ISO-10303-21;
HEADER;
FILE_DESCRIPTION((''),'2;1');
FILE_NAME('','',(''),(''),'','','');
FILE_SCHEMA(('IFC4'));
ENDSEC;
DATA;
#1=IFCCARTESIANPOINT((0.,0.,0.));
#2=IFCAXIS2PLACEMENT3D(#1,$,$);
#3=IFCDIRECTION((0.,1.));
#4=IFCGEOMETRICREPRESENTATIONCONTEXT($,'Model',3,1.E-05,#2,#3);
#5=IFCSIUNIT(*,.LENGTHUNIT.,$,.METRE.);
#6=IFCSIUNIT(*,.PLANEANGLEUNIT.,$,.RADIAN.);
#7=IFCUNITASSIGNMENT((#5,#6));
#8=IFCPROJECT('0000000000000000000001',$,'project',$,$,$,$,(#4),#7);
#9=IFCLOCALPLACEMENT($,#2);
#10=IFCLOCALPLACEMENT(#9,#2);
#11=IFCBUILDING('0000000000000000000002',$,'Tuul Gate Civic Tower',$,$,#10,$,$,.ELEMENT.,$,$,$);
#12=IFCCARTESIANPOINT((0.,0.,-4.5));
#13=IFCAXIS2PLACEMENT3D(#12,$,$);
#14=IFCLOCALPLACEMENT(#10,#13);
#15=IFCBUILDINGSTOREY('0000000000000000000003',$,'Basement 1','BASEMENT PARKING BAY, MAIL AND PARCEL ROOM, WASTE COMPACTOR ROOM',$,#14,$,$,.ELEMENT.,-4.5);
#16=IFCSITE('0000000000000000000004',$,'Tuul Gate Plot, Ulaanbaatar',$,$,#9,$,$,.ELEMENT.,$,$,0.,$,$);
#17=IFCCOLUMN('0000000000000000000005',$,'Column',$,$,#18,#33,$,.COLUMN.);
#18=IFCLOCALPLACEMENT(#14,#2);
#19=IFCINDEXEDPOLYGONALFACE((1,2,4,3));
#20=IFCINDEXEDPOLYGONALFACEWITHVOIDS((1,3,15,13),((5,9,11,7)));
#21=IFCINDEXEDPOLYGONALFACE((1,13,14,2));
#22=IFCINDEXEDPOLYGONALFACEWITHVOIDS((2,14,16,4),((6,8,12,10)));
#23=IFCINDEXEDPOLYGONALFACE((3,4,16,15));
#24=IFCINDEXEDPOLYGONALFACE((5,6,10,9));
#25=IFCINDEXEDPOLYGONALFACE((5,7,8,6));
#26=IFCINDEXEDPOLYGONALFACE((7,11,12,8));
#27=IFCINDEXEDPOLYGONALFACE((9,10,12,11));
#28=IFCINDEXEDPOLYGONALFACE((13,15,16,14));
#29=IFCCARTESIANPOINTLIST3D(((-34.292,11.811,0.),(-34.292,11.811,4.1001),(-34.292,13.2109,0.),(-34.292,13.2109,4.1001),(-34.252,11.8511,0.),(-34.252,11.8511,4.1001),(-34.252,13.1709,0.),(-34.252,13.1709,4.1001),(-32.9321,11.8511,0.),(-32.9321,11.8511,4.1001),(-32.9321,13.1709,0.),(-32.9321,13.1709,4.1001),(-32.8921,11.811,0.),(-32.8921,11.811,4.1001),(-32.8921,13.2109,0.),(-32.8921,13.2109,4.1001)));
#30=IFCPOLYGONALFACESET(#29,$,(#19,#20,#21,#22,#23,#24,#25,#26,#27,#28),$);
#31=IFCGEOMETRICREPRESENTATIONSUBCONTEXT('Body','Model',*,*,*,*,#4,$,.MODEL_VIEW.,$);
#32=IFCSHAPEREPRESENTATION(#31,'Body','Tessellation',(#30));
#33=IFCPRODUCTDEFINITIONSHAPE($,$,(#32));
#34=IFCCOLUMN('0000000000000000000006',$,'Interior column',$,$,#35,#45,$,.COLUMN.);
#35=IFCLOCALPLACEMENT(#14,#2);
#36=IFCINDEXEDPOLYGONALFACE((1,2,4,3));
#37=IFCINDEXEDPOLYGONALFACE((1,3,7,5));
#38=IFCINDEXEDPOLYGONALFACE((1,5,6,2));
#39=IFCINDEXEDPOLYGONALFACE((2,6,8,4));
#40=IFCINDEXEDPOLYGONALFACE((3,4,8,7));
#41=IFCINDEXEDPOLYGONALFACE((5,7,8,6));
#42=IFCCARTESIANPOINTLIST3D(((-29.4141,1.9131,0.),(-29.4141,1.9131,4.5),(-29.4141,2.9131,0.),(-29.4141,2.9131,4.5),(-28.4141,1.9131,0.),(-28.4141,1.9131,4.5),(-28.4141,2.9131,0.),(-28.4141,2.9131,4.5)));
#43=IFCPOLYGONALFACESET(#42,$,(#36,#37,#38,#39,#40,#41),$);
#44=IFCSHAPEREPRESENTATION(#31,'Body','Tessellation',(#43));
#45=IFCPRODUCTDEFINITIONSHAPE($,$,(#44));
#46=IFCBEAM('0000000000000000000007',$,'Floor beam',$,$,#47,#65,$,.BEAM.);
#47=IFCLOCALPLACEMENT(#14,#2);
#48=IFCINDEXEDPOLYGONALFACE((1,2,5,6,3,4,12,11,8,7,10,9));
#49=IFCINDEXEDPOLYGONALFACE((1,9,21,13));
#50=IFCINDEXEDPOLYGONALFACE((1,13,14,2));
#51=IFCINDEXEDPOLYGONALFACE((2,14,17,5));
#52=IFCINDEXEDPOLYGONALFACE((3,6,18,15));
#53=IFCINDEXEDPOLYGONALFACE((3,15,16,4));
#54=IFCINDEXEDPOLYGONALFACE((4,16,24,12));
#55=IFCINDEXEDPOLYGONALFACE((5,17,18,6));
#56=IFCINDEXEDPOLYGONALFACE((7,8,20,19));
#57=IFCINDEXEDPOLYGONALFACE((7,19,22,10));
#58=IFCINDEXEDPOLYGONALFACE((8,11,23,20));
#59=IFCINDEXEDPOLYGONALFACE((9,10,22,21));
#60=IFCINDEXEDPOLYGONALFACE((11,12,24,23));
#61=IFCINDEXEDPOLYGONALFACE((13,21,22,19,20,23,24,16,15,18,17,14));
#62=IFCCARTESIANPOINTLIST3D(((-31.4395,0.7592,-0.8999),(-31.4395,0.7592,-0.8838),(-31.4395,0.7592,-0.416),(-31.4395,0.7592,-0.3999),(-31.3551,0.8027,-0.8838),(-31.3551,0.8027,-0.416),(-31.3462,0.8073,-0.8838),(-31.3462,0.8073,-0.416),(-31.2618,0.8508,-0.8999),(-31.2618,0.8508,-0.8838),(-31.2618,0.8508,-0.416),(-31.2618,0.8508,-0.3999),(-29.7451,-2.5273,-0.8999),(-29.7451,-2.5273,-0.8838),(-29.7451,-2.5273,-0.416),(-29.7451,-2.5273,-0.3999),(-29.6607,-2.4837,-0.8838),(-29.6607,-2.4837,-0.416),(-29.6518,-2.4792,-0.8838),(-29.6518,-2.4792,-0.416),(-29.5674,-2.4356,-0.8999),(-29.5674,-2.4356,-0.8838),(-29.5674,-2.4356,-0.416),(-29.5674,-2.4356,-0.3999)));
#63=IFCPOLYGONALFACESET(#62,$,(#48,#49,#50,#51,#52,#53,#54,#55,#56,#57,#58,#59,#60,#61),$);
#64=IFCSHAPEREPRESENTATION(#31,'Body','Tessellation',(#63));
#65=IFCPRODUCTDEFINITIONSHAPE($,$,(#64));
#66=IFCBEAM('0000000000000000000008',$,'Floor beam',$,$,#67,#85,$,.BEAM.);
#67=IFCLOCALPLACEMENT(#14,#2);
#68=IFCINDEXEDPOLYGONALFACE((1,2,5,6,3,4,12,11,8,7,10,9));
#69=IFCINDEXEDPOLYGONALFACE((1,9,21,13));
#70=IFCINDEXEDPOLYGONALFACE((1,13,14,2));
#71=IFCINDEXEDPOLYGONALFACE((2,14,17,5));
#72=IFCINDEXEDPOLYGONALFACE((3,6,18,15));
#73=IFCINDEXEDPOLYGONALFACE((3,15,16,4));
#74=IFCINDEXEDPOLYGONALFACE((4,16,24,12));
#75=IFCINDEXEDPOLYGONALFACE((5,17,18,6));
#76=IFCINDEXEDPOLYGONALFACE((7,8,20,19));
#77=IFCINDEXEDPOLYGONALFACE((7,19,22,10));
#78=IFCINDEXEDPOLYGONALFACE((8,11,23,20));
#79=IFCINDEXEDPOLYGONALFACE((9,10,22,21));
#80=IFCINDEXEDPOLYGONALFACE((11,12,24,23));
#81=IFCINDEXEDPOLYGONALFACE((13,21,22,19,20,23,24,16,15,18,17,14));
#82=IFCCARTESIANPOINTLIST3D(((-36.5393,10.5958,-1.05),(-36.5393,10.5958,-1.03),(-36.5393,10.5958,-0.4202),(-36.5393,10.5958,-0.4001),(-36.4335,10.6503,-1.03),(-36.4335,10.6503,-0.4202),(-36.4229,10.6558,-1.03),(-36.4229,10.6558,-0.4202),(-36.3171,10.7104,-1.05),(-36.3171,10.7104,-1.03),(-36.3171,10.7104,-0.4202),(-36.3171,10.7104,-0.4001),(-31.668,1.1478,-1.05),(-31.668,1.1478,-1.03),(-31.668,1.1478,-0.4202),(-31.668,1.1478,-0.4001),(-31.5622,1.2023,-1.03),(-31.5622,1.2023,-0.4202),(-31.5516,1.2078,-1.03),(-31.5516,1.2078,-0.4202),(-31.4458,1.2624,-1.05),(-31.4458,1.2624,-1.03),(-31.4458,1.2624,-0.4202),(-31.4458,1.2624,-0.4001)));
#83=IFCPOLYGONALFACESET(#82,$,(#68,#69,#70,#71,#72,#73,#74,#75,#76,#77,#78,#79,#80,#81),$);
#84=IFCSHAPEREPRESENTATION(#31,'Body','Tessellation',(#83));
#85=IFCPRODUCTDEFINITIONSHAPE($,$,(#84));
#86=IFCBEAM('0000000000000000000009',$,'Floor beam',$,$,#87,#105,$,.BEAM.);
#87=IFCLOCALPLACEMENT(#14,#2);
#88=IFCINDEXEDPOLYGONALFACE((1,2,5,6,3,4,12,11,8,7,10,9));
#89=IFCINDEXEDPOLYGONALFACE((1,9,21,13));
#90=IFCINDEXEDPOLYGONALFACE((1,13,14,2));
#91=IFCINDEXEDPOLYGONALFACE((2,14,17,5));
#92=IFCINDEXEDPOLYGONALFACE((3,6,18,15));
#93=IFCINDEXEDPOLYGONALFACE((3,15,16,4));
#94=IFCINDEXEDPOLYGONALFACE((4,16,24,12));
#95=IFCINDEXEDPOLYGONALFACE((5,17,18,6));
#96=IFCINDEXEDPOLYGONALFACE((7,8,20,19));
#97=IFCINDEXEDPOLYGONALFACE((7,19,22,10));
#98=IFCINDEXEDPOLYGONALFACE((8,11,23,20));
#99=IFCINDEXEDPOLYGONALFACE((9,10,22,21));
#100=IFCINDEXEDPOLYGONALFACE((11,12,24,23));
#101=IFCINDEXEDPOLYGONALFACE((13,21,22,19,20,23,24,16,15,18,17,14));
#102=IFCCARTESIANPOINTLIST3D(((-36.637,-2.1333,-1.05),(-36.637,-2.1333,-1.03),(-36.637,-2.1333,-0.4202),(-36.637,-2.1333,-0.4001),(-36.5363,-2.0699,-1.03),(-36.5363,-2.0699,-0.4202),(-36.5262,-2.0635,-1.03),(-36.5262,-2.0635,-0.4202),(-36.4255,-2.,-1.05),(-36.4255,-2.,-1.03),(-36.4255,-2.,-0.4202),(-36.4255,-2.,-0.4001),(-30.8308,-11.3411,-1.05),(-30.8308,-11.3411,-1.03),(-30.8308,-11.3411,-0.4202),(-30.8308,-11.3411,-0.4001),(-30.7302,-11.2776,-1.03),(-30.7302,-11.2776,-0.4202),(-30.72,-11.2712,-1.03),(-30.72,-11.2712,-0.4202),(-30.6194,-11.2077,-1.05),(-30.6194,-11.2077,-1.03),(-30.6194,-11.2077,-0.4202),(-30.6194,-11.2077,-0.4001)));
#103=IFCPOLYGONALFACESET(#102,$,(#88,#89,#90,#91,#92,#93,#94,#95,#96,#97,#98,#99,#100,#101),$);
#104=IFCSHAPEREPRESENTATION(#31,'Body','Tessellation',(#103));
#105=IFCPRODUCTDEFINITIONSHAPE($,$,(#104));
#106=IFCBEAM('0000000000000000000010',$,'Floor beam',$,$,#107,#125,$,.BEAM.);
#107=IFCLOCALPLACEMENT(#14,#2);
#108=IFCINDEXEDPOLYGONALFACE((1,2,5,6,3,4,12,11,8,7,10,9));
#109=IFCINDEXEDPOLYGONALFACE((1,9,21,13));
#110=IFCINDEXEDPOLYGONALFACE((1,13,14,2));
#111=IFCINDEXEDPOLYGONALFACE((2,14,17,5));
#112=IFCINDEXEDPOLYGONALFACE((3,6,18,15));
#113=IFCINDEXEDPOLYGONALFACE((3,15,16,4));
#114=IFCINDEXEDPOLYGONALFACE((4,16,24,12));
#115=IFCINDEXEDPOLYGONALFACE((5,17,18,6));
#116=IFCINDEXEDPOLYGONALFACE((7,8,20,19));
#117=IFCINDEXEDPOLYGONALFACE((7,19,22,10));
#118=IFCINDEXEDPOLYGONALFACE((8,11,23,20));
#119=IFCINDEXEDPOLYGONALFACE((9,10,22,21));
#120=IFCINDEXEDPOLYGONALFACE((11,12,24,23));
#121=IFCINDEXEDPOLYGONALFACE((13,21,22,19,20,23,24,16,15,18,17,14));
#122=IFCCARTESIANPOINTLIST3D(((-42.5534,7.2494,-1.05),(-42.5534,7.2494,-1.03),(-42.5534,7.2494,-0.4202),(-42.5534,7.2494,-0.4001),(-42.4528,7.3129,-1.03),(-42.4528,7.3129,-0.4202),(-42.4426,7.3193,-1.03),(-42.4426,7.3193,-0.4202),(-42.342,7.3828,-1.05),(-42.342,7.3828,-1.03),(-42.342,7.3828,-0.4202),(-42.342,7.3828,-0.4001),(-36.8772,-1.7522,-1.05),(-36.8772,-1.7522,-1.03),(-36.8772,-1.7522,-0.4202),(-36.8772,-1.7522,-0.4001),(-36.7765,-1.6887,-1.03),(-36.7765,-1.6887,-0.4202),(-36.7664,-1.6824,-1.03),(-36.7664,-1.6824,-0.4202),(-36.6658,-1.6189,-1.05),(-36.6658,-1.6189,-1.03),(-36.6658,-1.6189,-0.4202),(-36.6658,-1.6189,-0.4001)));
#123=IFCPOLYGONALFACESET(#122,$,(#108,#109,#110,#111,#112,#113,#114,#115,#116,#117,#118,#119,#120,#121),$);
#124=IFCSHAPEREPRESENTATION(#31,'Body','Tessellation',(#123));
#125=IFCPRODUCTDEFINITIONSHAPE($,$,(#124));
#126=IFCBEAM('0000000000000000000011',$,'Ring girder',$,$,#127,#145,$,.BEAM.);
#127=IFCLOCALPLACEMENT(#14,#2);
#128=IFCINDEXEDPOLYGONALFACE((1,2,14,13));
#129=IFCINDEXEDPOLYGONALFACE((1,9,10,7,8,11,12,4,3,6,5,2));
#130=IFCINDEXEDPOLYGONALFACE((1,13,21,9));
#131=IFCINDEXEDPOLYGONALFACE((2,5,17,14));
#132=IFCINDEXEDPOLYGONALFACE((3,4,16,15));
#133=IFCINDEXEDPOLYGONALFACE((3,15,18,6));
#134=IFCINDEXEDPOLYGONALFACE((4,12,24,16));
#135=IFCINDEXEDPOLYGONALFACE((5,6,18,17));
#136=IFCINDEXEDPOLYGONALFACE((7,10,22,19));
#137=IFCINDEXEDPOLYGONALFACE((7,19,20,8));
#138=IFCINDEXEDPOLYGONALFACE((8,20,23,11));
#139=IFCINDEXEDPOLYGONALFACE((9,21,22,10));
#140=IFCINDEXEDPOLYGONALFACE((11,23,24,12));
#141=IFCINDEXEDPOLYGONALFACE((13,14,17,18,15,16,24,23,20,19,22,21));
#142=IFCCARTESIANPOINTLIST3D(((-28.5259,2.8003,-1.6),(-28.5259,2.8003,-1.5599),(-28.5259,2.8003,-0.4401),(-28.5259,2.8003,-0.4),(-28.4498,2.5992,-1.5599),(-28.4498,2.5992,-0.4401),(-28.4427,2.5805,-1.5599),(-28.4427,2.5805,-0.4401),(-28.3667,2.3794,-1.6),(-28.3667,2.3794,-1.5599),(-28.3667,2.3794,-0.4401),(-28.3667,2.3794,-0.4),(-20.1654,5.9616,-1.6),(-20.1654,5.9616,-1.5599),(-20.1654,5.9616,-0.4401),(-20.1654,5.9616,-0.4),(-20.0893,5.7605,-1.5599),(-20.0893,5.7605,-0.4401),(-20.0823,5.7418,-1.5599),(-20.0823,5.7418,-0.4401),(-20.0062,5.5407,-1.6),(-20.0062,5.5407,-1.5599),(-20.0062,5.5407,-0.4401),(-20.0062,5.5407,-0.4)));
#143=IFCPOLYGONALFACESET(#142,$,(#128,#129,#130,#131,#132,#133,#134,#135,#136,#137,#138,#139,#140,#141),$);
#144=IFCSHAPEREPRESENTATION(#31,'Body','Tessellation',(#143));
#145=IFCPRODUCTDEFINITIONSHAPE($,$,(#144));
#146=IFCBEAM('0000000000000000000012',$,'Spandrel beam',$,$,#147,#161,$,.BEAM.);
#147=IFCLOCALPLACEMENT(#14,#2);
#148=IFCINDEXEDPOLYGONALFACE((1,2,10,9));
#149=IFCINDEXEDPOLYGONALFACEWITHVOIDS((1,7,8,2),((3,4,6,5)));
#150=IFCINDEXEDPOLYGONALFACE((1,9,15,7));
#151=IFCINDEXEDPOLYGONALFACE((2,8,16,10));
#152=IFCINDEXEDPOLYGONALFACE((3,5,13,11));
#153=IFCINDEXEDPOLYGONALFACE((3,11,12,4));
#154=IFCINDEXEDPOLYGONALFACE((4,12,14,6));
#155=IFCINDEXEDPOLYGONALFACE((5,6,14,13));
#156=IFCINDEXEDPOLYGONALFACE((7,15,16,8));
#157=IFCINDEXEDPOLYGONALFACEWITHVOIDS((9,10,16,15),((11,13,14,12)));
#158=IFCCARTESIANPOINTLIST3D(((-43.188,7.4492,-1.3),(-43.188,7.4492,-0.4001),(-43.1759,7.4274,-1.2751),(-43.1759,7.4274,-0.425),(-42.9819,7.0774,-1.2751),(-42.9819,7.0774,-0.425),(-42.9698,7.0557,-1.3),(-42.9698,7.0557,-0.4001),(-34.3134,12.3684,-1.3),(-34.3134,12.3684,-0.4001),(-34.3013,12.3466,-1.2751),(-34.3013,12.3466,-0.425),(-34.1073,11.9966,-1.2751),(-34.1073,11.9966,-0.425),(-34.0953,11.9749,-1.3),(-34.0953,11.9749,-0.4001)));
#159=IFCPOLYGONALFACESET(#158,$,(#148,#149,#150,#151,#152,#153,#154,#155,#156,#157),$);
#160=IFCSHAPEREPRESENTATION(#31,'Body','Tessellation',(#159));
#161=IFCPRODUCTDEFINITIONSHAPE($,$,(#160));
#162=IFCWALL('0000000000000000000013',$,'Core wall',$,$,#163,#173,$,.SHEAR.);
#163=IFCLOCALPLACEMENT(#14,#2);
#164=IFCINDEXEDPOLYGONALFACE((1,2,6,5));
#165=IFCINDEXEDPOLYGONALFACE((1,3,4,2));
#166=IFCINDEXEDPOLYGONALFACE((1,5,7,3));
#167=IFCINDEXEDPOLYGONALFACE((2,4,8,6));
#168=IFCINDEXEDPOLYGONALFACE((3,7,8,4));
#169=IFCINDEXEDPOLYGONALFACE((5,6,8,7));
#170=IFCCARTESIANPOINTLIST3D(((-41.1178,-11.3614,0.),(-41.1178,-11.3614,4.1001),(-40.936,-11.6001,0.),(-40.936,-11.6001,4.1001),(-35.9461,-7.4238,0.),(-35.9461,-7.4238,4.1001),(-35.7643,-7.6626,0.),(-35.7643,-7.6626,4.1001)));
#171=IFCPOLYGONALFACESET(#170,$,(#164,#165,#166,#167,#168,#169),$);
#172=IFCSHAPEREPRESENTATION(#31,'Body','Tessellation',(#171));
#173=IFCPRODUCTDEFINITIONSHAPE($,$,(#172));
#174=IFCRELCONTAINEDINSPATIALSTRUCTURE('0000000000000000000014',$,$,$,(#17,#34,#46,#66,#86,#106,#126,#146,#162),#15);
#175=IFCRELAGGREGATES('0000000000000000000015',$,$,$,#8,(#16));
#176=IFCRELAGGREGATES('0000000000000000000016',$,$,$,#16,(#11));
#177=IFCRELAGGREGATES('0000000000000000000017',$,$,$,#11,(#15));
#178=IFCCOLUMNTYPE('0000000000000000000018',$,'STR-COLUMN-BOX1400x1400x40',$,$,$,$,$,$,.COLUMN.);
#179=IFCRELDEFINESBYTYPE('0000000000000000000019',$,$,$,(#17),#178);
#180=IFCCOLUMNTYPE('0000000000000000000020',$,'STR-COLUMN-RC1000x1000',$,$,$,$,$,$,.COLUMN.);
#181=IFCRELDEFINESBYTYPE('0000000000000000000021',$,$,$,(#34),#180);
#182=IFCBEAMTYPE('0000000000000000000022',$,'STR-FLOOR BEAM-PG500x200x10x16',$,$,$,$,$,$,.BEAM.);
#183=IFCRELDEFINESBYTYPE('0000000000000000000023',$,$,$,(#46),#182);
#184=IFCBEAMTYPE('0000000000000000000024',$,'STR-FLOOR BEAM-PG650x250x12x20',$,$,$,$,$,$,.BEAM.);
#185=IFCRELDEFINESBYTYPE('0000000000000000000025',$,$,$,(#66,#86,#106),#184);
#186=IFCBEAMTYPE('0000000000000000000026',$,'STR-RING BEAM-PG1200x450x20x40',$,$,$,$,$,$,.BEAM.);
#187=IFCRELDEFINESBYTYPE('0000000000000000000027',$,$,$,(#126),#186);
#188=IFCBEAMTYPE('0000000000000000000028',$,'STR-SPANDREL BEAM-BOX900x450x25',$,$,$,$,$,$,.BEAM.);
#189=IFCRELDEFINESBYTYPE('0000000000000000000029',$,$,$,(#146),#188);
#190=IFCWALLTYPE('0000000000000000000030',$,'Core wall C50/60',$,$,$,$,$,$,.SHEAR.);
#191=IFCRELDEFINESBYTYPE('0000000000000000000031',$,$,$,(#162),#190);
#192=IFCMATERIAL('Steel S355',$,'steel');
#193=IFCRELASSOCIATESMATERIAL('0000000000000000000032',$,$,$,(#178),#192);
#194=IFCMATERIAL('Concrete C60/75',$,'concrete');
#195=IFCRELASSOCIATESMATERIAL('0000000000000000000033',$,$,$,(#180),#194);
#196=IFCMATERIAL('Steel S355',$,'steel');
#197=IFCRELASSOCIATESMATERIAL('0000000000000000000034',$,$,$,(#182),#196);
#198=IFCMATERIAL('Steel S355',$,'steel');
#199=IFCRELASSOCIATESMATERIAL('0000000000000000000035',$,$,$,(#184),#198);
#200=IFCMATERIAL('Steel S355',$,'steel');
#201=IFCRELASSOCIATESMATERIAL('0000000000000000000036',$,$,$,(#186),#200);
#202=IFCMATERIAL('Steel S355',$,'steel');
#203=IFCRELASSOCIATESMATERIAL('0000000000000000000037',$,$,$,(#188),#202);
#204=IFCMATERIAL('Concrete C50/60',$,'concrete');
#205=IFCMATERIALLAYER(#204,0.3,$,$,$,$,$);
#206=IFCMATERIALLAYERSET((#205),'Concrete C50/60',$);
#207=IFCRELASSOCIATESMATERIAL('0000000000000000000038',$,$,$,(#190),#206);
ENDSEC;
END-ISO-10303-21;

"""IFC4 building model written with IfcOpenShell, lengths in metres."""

from ifc_helpers import new_model, si_unit, direction, frame, frame_2d, origin, origin_2d, place, context, subcontext, project, spatial, rectangle, hollow_rectangle, i_section, extrude, material, layer, layer_set, material_profile, profile_set, type_object, element, save


model = new_model("IFC4")

# Units and contexts
model_context = context("Model", 3, precision=1e-05, world=origin(), true_north=direction((0.0, 1.0)))
body_context = subcontext(model_context, "Body", "Model", "MODEL_VIEW")
ifc_project = project(units=[si_unit("LENGTHUNIT", "METRE"), si_unit("PLANEANGLEUNIT", "RADIAN")], contexts=[model_context])

# Site, building, storey
site_placement = place(None, origin())
site = spatial("IfcSite", under=ifc_project, at=site_placement, Name="Tuul Gate Plot, Ulaanbaatar", CompositionType="ELEMENT", RefElevation=0.0)
building_placement = place(site_placement, origin())
building = spatial("IfcBuilding", under=site, at=building_placement, Name="Tuul Gate Civic Tower", CompositionType="ELEMENT")
storey_placement = place(building_placement, frame((0.0, 0.0, -4.5)))
storey = spatial("IfcBuildingStorey", under=building, at=storey_placement, Name="Basement 1", Description="BASEMENT PARKING BAY, MAIL AND PARCEL ROOM, WASTE COMPACTOR ROOM", CompositionType="ELEMENT", Elevation=-4.5)

# Columns
ifc_material_1 = material(Name="Steel S355", Category="steel")
ifc_material_profile_1 = material_profile(ifc_material_1, hollow_rectangle(XDim=1.3999, YDim=1.3999, WallThickness=0.04, at=origin_2d()), Name="BOX1400x1400x40")
ifc_profile_set_1 = profile_set([ifc_material_profile_1], Name="Steel S355")
column_type_1 = type_object("IfcColumnType", Name="STR-COLUMN-BOX1400x1400x40", PredefinedType="COLUMN", material=ifc_profile_set_1)
column_1_placement = place(storey_placement, frame((-33.592, 12.511, 0.0), z_axis=(0.0, 0.0, 1.0), x_axis=(1.0, 0.0, 0.0)))
element("IfcColumn", 1, at=column_1_placement, inside=storey, type_object=column_type_1, Name="Column", PredefinedType="COLUMN", context=body_context, shape_type="SweptSolid", body=[
    extrude(hollow_rectangle(XDim=1.3999, YDim=1.3999, WallThickness=0.04, at=origin_2d()), origin(), (0.0, 0.0, 1.0), 4.1001),
])
ifc_material_2 = material(Name="Concrete C60/75", Category="concrete")
ifc_material_profile_2 = material_profile(ifc_material_2, rectangle(XDim=1.0, YDim=1.0, at=origin_2d()), Name="RC1000x1000")
ifc_profile_set_2 = profile_set([ifc_material_profile_2], Name="Concrete C60/75")
column_type_2 = type_object("IfcColumnType", Name="STR-COLUMN-RC1000x1000", PredefinedType="COLUMN", material=ifc_profile_set_2)
column_2_placement = place(storey_placement, frame((-28.9141, 2.4131, 0.0), z_axis=(0.0, 0.0, 1.0), x_axis=(1.0, 0.0, 0.0)))
element("IfcColumn", 2, at=column_2_placement, inside=storey, type_object=column_type_2, Name="Interior column", PredefinedType="COLUMN", context=body_context, shape_type="SweptSolid", body=[
    extrude(rectangle(XDim=1.0, YDim=1.0, at=origin_2d()), origin(), (0.0, 0.0, 1.0), 4.5),
])

# Beams
ifc_material_3 = material(Name="Steel S355", Category="steel")
ifc_material_profile_3 = material_profile(ifc_material_3, i_section(OverallWidth=0.2, OverallDepth=0.5, WebThickness=0.01, FlangeThickness=0.0161, at=origin_2d()), Name="PG500x200x10x16")
ifc_profile_set_3 = profile_set([ifc_material_profile_3], Name="Steel S355")
beam_type_1 = type_object("IfcBeamType", Name="STR-FLOOR BEAM-PG500x200x10x16", PredefinedType="BEAM", material=ifc_profile_set_3)
beam_1_placement = place(storey_placement, frame((-29.6562, -2.4814, -0.6499), z_axis=(-0.458246, 0.888825, 0.0), x_axis=(-0.888825, -0.458246, 0.0)))
element("IfcBeam", 3, at=beam_1_placement, inside=storey, type_object=beam_type_1, Name="Floor beam", PredefinedType="BEAM", context=body_context, shape_type="SweptSolid", body=[
    extrude(i_section(OverallWidth=0.2, OverallDepth=0.5, WebThickness=0.01, FlangeThickness=0.0161, at=origin_2d()), origin(), (0.0, 0.0, 1.0), 3.6975),
])
ifc_material_4 = material(Name="Steel S355", Category="steel")
ifc_material_profile_4 = material_profile(ifc_material_4, i_section(OverallWidth=0.25, OverallDepth=0.6499, WebThickness=0.012, FlangeThickness=0.02, at=origin_2d()), Name="PG650x250x12x20")
ifc_profile_set_4 = profile_set([ifc_material_profile_4], Name="Steel S355")
beam_type_2 = type_object("IfcBeamType", Name="STR-FLOOR BEAM-PG650x250x12x20", PredefinedType="BEAM", material=ifc_profile_set_4)
beam_2_placement = place(storey_placement, frame((-31.5569, 1.2051, -0.7251), z_axis=(-0.458268, 0.888814, 0.0), x_axis=(-0.888814, -0.458268, 0.0)))
element("IfcBeam", 4, at=beam_2_placement, inside=storey, type_object=beam_type_2, Name="Floor beam", PredefinedType="BEAM", context=body_context, shape_type="SweptSolid", body=[
    extrude(i_section(OverallWidth=0.25, OverallDepth=0.6499, WebThickness=0.012, FlangeThickness=0.02, at=origin_2d()), origin(), (0.0, 0.0, 1.0), 10.6299),
])
beam_3_placement = place(storey_placement, frame((-30.7251, -11.2744, -0.7251), z_axis=(-0.533384, 0.845873, 0.0), x_axis=(-0.845873, -0.533384, 0.0)))
element("IfcBeam", 5, at=beam_3_placement, inside=storey, type_object=beam_type_2, Name="Floor beam", PredefinedType="BEAM", context=body_context, shape_type="SweptSolid", body=[
    extrude(i_section(OverallWidth=0.25, OverallDepth=0.6499, WebThickness=0.012, FlangeThickness=0.02, at=origin_2d()), origin(), (0.0, 0.0, 1.0), 10.8855),
])
beam_4_placement = place(storey_placement, frame((-36.7715, -1.6855, -0.7251), z_axis=(-0.533387, 0.845871, 0.0), x_axis=(-0.845871, -0.533387, 0.0)))
element("IfcBeam", 6, at=beam_4_placement, inside=storey, type_object=beam_type_2, Name="Floor beam", PredefinedType="BEAM", context=body_context, shape_type="SweptSolid", body=[
    extrude(i_section(OverallWidth=0.25, OverallDepth=0.6499, WebThickness=0.012, FlangeThickness=0.02, at=origin_2d()), origin(), (0.0, 0.0, 1.0), 10.6418),
])
ifc_material_5 = material(Name="Steel S355", Category="steel")
ifc_material_profile_5 = material_profile(ifc_material_5, i_section(OverallWidth=0.45, OverallDepth=1.2, WebThickness=0.02, FlangeThickness=0.04, at=origin_2d()), Name="PG1200x450x20x40")
ifc_profile_set_5 = profile_set([ifc_material_profile_5], Name="Steel S355")
beam_type_3 = type_object("IfcBeamType", Name="STR-RING BEAM-PG1200x450x20x40", PredefinedType="BEAM", material=ifc_profile_set_5)
beam_5_placement = place(storey_placement, frame((-28.4463, 2.5898, -1.0), z_axis=(0.935364, 0.353687, 0.0), x_axis=(-0.353687, 0.935364, 0.0)))
element("IfcBeam", 7, at=beam_5_placement, inside=storey, type_object=beam_type_3, Name="Ring girder", PredefinedType="BEAM", context=body_context, shape_type="SweptSolid", body=[
    extrude(i_section(OverallWidth=0.45, OverallDepth=1.2, WebThickness=0.02, FlangeThickness=0.04, at=origin_2d()), origin(), (0.0, 0.0, 1.0), 8.9382),
])
ifc_material_6 = material(Name="Steel S355", Category="steel")
ifc_material_profile_6 = material_profile(ifc_material_6, hollow_rectangle(XDim=0.45, YDim=0.8999, WallThickness=0.0249, at=origin_2d()), Name="BOX900x450x25")
ifc_profile_set_6 = profile_set([ifc_material_profile_6], Name="Steel S355")
beam_type_4 = type_object("IfcBeamType", Name="STR-SPANDREL BEAM-BOX900x450x25", PredefinedType="BEAM", material=ifc_profile_set_6)
beam_6_placement = place(storey_placement, frame((-34.2043, 12.1716, -0.8501), z_axis=(-0.874621, -0.484807, 0.0), x_axis=(0.484807, -0.874621, 0.0)))
element("IfcBeam", 8, at=beam_6_placement, inside=storey, type_object=beam_type_4, Name="Spandrel beam", PredefinedType="BEAM", context=body_context, shape_type="SweptSolid", body=[
    extrude(hollow_rectangle(XDim=0.45, YDim=0.8999, WallThickness=0.0249, at=origin_2d()), origin(), (0.0, 0.0, 1.0), 10.1467),
])

# Wall
ifc_material_7 = material(Name="Concrete C50/60", Category="concrete")
ifc_layer_1 = layer(ifc_material_7, 0.3)
ifc_layer_set_1 = layer_set([ifc_layer_1], Name="Concrete C50/60")
wall_type_1 = type_object("IfcWallType", Name="Core wall C50/60", PredefinedType="SHEAR", material=ifc_layer_set_1)
wall_1_placement = place(storey_placement, frame((-35.8552, -7.5432, 0.0), z_axis=(0.0, 0.0, 1.0), x_axis=(-0.795639, -0.605772, 0.0)))
element("IfcWall", 9, at=wall_1_placement, inside=storey, type_object=wall_type_1, Name="Core wall", PredefinedType="SHEAR", context=body_context, shape_type="SweptSolid", body=[
    extrude(rectangle(XDim=6.5, YDim=0.3, at=frame_2d((3.25, 0.0))), origin(), (0.0, 0.0, 1.0), 4.1001),
])

save(model, "model.ifc")
